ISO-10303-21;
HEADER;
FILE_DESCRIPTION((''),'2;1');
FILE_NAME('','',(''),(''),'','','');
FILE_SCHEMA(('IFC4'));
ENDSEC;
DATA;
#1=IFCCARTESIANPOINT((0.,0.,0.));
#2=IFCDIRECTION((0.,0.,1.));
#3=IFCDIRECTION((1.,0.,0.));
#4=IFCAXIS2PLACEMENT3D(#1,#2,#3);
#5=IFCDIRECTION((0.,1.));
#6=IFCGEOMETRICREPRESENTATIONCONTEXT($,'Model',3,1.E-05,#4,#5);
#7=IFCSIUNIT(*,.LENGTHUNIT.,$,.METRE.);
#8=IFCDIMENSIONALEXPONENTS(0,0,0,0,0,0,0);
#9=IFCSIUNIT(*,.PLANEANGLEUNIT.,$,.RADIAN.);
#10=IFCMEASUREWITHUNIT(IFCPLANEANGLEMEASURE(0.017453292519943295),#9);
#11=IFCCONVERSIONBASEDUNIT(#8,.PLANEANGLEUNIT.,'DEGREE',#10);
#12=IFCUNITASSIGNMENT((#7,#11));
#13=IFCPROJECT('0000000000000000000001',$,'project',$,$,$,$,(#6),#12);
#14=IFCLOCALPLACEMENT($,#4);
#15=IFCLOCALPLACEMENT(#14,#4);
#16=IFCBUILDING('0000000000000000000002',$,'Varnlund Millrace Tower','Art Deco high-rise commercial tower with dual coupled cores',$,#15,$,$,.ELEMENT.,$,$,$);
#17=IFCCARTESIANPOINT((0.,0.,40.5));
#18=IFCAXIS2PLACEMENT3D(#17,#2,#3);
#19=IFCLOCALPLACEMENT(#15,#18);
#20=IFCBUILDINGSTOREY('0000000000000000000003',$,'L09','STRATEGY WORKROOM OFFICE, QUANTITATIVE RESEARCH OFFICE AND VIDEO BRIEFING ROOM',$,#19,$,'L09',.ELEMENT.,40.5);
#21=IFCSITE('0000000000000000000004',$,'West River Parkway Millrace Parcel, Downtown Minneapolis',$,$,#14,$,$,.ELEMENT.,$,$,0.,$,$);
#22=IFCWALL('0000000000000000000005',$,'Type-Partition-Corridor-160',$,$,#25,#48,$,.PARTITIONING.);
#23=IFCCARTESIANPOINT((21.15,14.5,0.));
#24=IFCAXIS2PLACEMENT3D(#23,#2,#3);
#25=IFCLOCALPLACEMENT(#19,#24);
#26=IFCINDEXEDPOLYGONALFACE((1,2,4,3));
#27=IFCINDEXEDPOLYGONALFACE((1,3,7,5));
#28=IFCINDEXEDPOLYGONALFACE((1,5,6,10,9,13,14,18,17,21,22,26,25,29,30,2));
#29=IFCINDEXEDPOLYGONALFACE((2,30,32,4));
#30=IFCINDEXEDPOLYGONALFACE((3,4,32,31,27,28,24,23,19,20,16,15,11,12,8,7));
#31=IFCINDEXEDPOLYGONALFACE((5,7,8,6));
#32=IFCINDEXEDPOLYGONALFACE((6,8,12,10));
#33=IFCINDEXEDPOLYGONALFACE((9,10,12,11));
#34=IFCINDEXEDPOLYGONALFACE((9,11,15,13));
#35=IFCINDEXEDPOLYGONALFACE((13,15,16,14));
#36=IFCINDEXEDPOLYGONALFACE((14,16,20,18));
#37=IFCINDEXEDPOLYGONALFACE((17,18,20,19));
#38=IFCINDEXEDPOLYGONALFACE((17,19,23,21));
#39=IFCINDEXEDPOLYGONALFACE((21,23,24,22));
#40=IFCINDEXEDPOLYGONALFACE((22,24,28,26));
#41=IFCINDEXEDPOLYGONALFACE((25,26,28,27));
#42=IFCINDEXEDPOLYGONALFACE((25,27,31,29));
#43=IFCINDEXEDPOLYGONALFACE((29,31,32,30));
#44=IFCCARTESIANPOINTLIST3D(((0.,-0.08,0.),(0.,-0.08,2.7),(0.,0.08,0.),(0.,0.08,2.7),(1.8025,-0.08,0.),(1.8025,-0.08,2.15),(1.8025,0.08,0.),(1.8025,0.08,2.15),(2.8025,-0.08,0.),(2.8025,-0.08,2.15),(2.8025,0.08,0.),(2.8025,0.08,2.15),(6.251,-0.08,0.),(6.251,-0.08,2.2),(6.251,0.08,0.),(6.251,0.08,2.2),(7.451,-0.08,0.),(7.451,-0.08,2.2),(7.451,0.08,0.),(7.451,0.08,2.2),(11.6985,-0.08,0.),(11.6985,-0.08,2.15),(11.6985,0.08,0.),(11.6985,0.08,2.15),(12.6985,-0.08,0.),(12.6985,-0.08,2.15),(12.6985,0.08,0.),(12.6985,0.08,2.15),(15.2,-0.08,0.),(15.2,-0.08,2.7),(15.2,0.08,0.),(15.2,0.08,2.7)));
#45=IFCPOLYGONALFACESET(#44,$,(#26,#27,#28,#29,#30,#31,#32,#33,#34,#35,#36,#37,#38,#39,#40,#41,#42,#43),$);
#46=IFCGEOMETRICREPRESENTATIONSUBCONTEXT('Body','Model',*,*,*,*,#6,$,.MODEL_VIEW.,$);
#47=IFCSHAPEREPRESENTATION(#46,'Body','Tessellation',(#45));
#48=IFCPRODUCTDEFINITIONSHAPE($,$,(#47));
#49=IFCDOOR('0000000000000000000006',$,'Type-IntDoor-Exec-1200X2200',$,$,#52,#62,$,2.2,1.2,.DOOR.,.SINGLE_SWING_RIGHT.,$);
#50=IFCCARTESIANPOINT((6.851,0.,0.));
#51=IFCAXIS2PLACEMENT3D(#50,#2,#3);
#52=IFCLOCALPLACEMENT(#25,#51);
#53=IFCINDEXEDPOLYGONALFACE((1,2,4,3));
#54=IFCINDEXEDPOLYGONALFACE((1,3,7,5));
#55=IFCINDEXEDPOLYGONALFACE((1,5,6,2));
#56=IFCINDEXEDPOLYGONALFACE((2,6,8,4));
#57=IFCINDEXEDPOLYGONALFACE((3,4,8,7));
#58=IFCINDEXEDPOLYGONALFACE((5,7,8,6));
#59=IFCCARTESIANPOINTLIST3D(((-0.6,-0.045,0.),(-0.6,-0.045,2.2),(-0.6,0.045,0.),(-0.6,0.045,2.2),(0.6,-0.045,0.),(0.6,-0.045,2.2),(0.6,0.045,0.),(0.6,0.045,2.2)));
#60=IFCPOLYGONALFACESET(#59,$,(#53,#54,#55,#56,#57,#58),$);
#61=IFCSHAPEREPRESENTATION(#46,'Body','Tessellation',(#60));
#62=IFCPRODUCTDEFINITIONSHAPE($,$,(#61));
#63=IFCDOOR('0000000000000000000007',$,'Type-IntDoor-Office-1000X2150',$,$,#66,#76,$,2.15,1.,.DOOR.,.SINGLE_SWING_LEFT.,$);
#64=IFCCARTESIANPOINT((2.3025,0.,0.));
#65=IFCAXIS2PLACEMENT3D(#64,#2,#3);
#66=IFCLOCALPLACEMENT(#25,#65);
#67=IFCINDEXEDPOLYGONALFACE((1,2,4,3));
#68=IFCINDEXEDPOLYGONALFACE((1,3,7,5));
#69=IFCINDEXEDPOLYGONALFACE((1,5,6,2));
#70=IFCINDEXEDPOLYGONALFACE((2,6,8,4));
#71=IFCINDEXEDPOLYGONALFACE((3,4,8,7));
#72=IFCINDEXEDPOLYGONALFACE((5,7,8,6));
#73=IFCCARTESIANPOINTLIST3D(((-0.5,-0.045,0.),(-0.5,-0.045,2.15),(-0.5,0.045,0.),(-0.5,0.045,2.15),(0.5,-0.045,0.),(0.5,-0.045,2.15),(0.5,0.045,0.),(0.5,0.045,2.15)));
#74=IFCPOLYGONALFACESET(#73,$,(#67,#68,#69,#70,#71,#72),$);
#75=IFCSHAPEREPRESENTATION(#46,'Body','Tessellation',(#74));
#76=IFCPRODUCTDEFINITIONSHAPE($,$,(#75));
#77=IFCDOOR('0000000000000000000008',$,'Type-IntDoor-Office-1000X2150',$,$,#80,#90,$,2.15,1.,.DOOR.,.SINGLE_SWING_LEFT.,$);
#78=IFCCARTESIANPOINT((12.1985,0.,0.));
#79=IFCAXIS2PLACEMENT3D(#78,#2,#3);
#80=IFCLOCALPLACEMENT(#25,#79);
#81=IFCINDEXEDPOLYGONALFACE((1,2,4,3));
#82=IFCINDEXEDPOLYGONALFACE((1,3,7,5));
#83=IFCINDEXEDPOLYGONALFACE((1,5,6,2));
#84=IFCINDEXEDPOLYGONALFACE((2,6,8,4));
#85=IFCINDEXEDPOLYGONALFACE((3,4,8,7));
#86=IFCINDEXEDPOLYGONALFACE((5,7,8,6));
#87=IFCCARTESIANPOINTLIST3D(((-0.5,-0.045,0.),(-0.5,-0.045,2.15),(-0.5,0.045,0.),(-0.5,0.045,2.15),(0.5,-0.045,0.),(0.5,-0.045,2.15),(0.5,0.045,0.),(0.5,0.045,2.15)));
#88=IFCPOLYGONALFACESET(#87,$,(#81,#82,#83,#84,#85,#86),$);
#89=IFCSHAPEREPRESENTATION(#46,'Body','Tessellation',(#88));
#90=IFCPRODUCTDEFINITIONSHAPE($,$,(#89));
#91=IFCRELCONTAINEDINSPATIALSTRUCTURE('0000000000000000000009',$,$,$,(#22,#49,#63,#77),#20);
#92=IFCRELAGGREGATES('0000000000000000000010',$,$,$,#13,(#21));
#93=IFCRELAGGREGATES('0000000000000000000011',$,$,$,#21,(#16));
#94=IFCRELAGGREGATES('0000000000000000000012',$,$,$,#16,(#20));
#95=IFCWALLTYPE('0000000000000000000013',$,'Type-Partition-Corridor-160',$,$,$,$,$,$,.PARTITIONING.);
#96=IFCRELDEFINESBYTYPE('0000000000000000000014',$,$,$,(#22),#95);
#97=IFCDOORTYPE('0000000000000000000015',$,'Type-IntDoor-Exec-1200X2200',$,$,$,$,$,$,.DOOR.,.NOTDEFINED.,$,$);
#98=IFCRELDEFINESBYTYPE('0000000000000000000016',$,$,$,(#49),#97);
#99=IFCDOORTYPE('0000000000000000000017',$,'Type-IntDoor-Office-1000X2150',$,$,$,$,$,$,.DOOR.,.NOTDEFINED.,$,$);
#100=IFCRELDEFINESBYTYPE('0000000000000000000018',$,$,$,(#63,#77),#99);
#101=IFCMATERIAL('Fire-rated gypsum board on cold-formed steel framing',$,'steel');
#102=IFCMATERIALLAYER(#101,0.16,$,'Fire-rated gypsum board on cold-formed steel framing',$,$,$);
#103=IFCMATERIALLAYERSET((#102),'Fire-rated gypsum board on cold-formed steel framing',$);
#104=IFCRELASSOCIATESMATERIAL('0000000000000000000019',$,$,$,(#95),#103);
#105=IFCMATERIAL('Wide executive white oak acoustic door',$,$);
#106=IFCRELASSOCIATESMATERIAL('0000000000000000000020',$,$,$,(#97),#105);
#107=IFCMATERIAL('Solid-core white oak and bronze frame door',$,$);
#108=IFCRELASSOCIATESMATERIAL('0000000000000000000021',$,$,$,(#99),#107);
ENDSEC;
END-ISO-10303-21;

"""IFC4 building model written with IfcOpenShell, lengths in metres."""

from ifc_helpers import new_model, entity, si_unit, converted_unit, direction, frame, origin_with_axes, origin_2d_with_axis, place, context, subcontext, project, spatial, polyline, rectangle, outline, extrude, material, layer, layer_set, type_object, element, fill, save


model = new_model("IFC4")

# Units and contexts
model_context = context("Model", 3, precision=1e-05, world=origin_with_axes(), true_north=direction((0.0, 1.0)))
body_context = subcontext(model_context, "Body", "Model", "MODEL_VIEW")
ifc_project = project(units=[si_unit("LENGTHUNIT", "METRE"), converted_unit("PLANEANGLEUNIT", "DEGREE", entity("IfcPlaneAngleMeasure", 0.017453292519943295), si_unit("PLANEANGLEUNIT", "RADIAN"), dimensions=[0, 0, 0, 0, 0, 0, 0])], contexts=[model_context])

# Site, building, storey
site_placement = place(None, origin_with_axes())
site = spatial("IfcSite", under=ifc_project, at=site_placement, Name="West River Parkway Millrace Parcel, Downtown Minneapolis", CompositionType="ELEMENT", RefElevation=0.0)
building_placement = place(site_placement, origin_with_axes())
building = spatial("IfcBuilding", under=site, at=building_placement, Name="Varnlund Millrace Tower", Description="Art Deco high-rise commercial tower with dual coupled cores", CompositionType="ELEMENT")
storey_placement = place(building_placement, frame((0.0, 0.0, 40.5), z_axis=(0.0, 0.0, 1.0), x_axis=(1.0, 0.0, 0.0)))
storey = spatial("IfcBuildingStorey", under=building, at=storey_placement, Name="L09", Description="STRATEGY WORKROOM OFFICE, QUANTITATIVE RESEARCH OFFICE AND VIDEO BRIEFING ROOM", LongName="L09", CompositionType="ELEMENT", Elevation=40.5)

# Wall, openings, doors
ifc_material_1 = material(Name="Fire-rated gypsum board on cold-formed steel framing", Category="steel")
ifc_layer_1 = layer(ifc_material_1, 0.16, Name="Fire-rated gypsum board on cold-formed steel framing")
ifc_layer_set_1 = layer_set([ifc_layer_1], Name="Fire-rated gypsum board on cold-formed steel framing")
wall_type_1 = type_object("IfcWallType", Name="Type-Partition-Corridor-160", PredefinedType="PARTITIONING", material=ifc_layer_set_1)
wall_1_placement = place(storey_placement, frame((21.15, 14.5, 0.0), z_axis=(0.0, 0.0, 1.0), x_axis=(1.0, 0.0, 0.0)))
wall_1 = element("IfcWall", 1, at=wall_1_placement, inside=storey, type_object=wall_type_1, Name="Type-Partition-Corridor-160", PredefinedType="PARTITIONING", context=body_context, shape_type="SweptSolid", body=[
    extrude(outline(polyline([(0.0, -0.08), (15.2, -0.08), (15.2, 0.08), (0.0, 0.08), (0.0, -0.08)])), origin_with_axes(), (0.0, 0.0, 1.0), 2.7),
])
opening_1_placement = place(wall_1_placement, frame((2.3025, 0.0, 0.0), z_axis=(0.0, 0.0, 1.0), x_axis=(1.0, 0.0, 0.0)))
opening_1 = element("IfcOpeningElement", 2, at=opening_1_placement, cuts=wall_1, PredefinedType="OPENING", context=body_context, shape_type="SweptSolid", body=[
    extrude(rectangle(XDim=1.0, YDim=0.18, at=origin_2d_with_axis()), origin_with_axes(), (0.0, 0.0, 1.0), 2.15),
])
opening_2_placement = place(wall_1_placement, frame((6.851, 0.0, 0.0), z_axis=(0.0, 0.0, 1.0), x_axis=(1.0, 0.0, 0.0)))
opening_2 = element("IfcOpeningElement", 3, at=opening_2_placement, cuts=wall_1, PredefinedType="OPENING", context=body_context, shape_type="SweptSolid", body=[
    extrude(rectangle(XDim=1.2, YDim=0.18, at=origin_2d_with_axis()), origin_with_axes(), (0.0, 0.0, 1.0), 2.2),
])
opening_3_placement = place(wall_1_placement, frame((12.1985, 0.0, 0.0), z_axis=(0.0, 0.0, 1.0), x_axis=(1.0, 0.0, 0.0)))
opening_3 = element("IfcOpeningElement", 4, at=opening_3_placement, cuts=wall_1, PredefinedType="OPENING", context=body_context, shape_type="SweptSolid", body=[
    extrude(rectangle(XDim=1.0, YDim=0.18, at=origin_2d_with_axis()), origin_with_axes(), (0.0, 0.0, 1.0), 2.15),
])
ifc_material_2 = material(Name="Wide executive white oak acoustic door")
door_type_1 = type_object("IfcDoorType", Name="Type-IntDoor-Exec-1200X2200", OperationType="NOTDEFINED", PredefinedType="DOOR", material=ifc_material_2)
door_1_placement = place(wall_1_placement, frame((6.851, 0.0, 0.0), z_axis=(0.0, 0.0, 1.0), x_axis=(1.0, 0.0, 0.0)))
door_1 = element("IfcDoor", 5, at=door_1_placement, inside=storey, type_object=door_type_1, Name="Type-IntDoor-Exec-1200X2200", OperationType="SINGLE_SWING_RIGHT", OverallHeight=2.2, OverallWidth=1.2, PredefinedType="DOOR", context=body_context, shape_type="SweptSolid", body=[
    extrude(rectangle(XDim=1.2, YDim=0.09, at=origin_2d_with_axis()), origin_with_axes(), (0.0, 0.0, 1.0), 2.2),
])
fill(opening_2, door_1)
ifc_material_3 = material(Name="Solid-core white oak and bronze frame door")
door_type_2 = type_object("IfcDoorType", Name="Type-IntDoor-Office-1000X2150", OperationType="NOTDEFINED", PredefinedType="DOOR", material=ifc_material_3)
door_2_placement = place(wall_1_placement, frame((2.3025, 0.0, 0.0), z_axis=(0.0, 0.0, 1.0), x_axis=(1.0, 0.0, 0.0)))
door_2 = element("IfcDoor", 6, at=door_2_placement, inside=storey, type_object=door_type_2, Name="Type-IntDoor-Office-1000X2150", OperationType="SINGLE_SWING_LEFT", OverallHeight=2.15, OverallWidth=1.0, PredefinedType="DOOR", context=body_context, shape_type="SweptSolid", body=[
    extrude(rectangle(XDim=1.0, YDim=0.09, at=origin_2d_with_axis()), origin_with_axes(), (0.0, 0.0, 1.0), 2.15),
])
fill(opening_1, door_2)
door_3_placement = place(wall_1_placement, frame((12.1985, 0.0, 0.0), z_axis=(0.0, 0.0, 1.0), x_axis=(1.0, 0.0, 0.0)))
door_3 = element("IfcDoor", 7, at=door_3_placement, inside=storey, type_object=door_type_2, Name="Type-IntDoor-Office-1000X2150", OperationType="SINGLE_SWING_LEFT", OverallHeight=2.15, OverallWidth=1.0, PredefinedType="DOOR", context=body_context, shape_type="SweptSolid", body=[
    extrude(rectangle(XDim=1.0, YDim=0.09, at=origin_2d_with_axis()), origin_with_axes(), (0.0, 0.0, 1.0), 2.15),
])
fill(opening_3, door_3)

save(model, "model.ifc")
